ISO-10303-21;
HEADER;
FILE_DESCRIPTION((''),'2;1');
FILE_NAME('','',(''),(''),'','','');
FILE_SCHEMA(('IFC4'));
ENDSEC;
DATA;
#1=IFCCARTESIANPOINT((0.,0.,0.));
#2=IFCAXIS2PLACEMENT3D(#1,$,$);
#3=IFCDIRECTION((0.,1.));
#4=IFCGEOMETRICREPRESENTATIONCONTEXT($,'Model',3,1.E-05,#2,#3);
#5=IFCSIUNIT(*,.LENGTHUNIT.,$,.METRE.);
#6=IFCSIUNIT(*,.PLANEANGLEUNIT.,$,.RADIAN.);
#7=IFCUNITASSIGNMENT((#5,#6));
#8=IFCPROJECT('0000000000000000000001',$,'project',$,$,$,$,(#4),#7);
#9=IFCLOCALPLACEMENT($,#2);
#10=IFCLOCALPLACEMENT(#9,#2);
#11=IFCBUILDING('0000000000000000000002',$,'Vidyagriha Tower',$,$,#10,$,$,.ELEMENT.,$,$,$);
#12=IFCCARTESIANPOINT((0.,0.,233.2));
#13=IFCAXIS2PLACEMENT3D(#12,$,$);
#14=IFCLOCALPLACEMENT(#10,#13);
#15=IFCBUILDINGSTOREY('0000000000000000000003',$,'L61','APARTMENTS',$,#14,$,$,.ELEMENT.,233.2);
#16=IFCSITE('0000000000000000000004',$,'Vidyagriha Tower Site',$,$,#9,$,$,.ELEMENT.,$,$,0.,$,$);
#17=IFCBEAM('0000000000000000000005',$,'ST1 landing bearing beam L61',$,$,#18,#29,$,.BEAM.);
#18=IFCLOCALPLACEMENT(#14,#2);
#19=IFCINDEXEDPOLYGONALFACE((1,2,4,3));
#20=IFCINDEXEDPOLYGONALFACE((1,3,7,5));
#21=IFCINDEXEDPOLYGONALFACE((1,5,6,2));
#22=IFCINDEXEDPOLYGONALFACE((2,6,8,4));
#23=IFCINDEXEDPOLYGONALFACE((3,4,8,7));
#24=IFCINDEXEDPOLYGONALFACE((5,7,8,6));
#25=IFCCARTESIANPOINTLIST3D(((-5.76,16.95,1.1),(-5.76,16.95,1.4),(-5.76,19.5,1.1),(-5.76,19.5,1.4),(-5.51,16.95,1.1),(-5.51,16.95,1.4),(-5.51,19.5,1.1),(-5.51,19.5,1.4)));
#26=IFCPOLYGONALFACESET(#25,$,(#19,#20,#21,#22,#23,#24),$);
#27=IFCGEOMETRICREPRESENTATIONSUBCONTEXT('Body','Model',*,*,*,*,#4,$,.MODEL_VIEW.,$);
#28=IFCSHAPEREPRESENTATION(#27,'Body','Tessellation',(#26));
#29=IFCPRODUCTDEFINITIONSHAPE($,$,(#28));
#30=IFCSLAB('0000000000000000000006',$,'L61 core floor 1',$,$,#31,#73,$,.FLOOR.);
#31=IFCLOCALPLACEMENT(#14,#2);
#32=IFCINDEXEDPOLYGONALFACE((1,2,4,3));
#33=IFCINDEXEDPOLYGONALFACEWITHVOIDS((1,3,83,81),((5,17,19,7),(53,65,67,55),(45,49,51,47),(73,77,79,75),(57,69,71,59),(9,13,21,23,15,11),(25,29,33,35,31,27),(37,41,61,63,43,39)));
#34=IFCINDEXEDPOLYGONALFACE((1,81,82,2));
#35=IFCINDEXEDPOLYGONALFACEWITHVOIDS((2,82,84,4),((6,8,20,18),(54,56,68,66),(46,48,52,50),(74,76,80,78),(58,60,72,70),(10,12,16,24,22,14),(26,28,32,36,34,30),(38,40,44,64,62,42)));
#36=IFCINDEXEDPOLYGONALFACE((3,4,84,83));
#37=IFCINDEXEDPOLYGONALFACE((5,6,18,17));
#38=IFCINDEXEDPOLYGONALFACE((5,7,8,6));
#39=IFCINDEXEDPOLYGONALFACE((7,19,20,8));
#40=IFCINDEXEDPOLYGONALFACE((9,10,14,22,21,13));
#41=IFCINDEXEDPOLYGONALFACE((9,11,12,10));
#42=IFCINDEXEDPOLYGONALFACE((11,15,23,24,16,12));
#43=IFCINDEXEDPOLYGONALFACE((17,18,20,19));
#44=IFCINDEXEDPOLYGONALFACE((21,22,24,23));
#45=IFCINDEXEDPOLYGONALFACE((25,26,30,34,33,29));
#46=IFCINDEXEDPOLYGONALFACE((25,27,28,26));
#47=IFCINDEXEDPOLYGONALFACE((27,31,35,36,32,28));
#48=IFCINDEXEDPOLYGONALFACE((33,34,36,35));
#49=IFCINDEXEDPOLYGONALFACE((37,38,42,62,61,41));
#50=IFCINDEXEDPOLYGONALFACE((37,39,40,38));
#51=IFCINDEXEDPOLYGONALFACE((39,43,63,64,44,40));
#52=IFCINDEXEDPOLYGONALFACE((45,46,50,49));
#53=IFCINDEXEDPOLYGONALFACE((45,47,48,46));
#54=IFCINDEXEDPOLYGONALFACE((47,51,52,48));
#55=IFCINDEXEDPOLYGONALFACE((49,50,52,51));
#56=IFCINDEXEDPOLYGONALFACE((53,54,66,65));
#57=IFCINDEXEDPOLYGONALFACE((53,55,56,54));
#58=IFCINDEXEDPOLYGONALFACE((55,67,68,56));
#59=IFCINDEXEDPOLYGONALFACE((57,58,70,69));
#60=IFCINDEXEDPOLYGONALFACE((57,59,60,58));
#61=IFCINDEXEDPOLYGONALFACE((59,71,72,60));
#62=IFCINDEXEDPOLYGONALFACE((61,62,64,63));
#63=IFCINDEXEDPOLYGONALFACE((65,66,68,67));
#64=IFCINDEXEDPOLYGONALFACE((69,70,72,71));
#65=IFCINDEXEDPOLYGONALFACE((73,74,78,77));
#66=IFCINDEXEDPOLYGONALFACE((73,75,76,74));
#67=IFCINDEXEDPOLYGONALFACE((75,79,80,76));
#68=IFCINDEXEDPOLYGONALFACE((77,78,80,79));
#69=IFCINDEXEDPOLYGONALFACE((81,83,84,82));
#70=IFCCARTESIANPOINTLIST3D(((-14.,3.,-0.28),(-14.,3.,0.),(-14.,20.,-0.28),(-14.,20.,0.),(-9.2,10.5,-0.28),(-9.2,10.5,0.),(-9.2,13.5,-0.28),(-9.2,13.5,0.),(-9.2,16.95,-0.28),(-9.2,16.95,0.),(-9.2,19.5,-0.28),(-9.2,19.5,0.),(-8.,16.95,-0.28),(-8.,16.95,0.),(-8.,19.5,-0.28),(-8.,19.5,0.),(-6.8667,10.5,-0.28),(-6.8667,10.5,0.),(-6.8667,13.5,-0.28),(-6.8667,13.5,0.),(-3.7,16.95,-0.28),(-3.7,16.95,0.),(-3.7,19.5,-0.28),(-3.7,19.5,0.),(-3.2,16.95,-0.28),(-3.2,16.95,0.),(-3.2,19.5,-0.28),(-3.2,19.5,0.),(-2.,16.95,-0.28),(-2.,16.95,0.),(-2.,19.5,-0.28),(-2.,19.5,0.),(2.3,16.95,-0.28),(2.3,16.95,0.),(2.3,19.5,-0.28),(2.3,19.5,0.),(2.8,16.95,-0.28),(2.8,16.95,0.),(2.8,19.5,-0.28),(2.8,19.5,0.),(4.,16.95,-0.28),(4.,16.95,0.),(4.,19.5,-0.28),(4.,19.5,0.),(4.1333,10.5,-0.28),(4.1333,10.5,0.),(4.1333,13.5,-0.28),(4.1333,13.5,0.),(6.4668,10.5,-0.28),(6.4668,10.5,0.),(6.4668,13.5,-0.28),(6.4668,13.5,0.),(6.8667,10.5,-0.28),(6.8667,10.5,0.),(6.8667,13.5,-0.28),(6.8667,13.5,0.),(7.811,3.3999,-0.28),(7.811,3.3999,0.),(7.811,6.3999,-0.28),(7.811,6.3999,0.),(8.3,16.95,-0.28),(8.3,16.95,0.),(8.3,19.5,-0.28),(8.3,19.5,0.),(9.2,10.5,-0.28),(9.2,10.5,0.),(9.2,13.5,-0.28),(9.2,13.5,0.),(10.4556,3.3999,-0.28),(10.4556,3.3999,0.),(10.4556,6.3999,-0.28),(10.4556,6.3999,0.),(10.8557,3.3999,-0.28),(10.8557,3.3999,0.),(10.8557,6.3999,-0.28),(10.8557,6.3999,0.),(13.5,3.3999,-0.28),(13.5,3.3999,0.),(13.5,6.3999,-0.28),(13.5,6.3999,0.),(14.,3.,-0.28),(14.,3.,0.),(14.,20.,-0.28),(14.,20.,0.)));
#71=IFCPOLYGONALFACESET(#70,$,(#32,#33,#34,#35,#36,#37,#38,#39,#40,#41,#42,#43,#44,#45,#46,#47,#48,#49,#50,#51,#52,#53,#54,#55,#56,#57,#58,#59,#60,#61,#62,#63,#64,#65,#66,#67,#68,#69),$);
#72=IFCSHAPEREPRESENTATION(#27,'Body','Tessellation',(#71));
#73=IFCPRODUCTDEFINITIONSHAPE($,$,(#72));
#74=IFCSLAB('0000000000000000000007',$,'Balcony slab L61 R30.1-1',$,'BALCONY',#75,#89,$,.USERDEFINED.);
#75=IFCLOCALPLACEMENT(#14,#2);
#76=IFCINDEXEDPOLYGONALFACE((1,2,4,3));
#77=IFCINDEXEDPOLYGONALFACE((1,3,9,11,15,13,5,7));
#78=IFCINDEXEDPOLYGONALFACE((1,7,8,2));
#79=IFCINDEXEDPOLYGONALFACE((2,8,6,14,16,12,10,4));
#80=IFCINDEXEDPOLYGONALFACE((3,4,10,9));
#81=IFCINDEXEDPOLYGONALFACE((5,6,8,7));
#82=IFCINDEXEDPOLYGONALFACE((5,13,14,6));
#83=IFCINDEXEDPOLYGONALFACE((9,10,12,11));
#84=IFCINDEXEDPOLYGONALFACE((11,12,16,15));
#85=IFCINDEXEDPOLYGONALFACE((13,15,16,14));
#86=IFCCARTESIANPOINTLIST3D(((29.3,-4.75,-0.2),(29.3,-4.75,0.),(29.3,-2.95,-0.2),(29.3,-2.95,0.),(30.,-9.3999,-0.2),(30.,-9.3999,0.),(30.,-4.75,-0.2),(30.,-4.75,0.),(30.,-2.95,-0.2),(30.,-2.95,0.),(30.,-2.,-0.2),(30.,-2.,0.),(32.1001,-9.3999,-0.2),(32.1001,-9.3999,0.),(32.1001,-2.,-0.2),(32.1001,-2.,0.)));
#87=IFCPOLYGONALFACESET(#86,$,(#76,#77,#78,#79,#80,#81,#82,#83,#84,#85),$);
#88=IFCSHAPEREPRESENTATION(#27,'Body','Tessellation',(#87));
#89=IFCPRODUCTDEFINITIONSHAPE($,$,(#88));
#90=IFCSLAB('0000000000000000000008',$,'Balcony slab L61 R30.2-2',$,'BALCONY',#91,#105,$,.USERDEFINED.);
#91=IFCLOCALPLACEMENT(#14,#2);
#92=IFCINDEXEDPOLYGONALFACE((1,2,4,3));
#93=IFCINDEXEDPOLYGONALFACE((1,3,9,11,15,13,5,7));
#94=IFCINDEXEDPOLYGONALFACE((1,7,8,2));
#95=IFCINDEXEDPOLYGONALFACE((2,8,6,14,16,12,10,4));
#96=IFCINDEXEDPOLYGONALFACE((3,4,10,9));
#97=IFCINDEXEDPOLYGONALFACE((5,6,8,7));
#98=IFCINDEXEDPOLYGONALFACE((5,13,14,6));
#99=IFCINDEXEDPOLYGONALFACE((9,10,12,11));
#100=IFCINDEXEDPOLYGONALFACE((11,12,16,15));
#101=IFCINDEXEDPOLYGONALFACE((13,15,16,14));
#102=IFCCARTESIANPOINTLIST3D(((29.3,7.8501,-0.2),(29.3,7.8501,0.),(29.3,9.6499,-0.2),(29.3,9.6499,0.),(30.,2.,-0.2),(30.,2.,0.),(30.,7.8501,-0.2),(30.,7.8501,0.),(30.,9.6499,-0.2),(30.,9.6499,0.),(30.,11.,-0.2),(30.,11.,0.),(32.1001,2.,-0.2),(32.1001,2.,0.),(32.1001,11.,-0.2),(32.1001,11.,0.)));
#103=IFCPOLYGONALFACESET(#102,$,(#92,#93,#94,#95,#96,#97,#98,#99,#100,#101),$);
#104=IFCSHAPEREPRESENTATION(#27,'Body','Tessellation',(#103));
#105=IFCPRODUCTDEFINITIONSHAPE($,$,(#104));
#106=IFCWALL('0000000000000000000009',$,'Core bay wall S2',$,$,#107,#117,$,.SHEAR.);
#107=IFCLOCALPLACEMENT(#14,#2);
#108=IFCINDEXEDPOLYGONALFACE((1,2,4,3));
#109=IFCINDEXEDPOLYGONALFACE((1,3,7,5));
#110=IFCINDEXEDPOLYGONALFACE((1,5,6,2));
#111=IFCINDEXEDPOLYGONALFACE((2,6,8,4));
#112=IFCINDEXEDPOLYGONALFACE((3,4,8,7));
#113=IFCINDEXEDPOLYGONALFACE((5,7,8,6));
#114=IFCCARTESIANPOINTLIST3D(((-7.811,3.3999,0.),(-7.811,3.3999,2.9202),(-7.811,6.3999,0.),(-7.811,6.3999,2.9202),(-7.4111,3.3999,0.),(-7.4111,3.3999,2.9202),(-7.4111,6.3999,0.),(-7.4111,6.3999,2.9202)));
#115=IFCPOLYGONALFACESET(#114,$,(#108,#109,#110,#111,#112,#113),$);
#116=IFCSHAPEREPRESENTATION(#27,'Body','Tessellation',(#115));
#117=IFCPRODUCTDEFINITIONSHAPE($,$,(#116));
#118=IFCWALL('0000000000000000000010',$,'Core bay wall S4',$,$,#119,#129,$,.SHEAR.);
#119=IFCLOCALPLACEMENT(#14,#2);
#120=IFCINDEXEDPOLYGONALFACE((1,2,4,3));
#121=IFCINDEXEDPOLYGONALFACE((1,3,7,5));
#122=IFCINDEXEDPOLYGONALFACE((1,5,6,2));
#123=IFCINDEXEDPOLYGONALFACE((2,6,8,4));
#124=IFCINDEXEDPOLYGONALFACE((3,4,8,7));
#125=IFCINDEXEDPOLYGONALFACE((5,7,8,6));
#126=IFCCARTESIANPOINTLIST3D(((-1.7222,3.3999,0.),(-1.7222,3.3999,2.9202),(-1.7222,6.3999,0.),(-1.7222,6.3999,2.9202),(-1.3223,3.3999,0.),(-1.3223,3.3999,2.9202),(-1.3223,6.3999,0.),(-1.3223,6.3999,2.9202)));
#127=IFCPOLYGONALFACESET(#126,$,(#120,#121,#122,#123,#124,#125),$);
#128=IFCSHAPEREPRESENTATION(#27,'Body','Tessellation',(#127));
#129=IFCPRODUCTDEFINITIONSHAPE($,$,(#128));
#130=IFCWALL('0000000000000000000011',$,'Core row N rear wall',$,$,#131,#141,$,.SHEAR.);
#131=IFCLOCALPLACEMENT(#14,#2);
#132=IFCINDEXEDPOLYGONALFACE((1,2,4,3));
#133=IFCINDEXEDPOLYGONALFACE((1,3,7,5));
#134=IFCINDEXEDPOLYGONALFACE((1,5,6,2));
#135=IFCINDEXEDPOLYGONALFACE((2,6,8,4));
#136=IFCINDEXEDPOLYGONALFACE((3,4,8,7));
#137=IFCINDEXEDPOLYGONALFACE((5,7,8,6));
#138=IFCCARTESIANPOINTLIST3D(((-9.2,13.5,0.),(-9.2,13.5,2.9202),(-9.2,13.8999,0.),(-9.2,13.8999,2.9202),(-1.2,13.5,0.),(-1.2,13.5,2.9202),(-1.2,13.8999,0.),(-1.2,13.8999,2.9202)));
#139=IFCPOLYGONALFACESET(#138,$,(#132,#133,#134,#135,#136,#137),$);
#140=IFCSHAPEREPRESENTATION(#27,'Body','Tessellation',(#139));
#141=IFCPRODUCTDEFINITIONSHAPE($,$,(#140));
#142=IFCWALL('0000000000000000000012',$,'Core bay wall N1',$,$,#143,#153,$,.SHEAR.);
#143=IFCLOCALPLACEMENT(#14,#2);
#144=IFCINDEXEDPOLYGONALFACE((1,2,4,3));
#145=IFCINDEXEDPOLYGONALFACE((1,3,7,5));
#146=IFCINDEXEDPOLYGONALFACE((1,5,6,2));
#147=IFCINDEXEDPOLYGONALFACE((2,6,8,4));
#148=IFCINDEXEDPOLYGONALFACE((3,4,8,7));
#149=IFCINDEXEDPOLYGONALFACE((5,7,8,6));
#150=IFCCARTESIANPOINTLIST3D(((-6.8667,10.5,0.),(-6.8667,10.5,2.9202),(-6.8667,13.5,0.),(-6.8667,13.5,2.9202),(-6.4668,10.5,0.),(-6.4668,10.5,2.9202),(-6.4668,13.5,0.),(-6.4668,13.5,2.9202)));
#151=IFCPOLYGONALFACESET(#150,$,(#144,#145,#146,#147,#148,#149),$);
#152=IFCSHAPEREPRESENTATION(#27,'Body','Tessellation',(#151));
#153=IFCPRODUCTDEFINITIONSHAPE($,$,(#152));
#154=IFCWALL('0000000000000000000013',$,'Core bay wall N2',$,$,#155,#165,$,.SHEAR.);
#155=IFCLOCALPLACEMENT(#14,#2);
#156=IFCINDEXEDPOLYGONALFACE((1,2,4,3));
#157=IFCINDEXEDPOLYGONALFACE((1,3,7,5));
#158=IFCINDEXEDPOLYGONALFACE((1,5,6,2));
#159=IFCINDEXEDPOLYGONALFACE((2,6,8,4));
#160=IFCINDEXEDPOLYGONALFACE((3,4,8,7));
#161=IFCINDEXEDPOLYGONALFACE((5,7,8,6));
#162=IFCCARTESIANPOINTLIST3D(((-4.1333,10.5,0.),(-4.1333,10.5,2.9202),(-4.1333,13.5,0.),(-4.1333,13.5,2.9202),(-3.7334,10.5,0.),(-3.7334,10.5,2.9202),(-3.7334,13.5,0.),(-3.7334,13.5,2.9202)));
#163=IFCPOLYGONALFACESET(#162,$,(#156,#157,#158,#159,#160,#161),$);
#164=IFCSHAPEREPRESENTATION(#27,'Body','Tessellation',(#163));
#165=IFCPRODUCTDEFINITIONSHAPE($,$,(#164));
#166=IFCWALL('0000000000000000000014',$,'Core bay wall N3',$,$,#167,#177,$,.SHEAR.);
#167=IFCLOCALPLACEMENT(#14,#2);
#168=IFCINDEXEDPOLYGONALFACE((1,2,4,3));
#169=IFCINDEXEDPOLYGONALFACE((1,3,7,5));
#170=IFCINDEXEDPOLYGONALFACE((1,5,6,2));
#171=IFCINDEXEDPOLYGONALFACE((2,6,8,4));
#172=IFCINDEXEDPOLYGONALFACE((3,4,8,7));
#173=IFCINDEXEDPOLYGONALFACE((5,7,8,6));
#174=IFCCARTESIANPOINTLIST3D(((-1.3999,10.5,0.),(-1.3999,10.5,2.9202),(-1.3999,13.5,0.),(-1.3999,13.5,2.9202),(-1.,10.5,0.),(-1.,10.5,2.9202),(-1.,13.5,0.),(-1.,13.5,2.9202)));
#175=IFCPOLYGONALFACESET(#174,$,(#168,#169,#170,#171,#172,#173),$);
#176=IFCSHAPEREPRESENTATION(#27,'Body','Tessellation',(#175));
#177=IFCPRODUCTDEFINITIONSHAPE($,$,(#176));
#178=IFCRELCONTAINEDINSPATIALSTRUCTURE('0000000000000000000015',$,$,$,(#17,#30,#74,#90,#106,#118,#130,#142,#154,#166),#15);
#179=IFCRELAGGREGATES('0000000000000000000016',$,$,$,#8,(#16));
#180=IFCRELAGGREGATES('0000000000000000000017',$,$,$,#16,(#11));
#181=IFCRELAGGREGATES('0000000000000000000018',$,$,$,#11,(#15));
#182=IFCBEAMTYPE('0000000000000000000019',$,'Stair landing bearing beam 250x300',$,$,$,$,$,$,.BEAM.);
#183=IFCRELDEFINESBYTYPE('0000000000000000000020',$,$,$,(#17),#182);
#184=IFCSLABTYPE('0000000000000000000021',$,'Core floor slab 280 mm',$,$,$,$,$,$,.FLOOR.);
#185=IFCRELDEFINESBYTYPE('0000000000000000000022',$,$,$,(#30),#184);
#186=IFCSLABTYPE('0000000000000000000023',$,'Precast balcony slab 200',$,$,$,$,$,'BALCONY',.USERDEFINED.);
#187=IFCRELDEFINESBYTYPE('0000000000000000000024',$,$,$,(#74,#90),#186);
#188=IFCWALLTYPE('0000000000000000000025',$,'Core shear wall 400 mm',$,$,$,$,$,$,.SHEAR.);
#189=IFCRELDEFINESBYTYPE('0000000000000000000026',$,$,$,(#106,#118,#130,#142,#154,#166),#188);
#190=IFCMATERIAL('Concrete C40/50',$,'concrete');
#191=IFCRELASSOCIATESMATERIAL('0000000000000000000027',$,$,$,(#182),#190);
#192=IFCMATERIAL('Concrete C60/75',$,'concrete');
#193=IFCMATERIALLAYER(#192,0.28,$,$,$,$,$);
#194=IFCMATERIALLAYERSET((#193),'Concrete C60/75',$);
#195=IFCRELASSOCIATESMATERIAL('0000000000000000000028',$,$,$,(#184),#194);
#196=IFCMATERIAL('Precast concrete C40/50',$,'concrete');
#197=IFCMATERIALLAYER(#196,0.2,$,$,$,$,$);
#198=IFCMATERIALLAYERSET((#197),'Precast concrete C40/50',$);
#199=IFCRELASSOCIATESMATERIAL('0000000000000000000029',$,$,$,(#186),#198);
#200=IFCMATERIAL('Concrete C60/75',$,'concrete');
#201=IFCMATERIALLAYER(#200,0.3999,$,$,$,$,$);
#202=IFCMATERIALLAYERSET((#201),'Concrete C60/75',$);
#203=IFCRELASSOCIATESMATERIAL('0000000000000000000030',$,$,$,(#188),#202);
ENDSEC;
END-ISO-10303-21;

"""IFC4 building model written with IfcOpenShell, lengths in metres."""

from ifc_helpers import new_model, si_unit, direction, frame, frame_2d, origin, origin_2d, place, context, subcontext, project, spatial, polyline, rectangle, outline, extrude, material, layer, layer_set, material_profile, profile_set, type_object, element, save


model = new_model("IFC4")

# Units and contexts
model_context = context("Model", 3, precision=1e-05, world=origin(), true_north=direction((0.0, 1.0)))
body_context = subcontext(model_context, "Body", "Model", "MODEL_VIEW")
ifc_project = project(units=[si_unit("LENGTHUNIT", "METRE"), si_unit("PLANEANGLEUNIT", "RADIAN")], contexts=[model_context])

# Site, building, storey
site_placement = place(None, origin())
site = spatial("IfcSite", under=ifc_project, at=site_placement, Name="Vidyagriha Tower Site", CompositionType="ELEMENT", RefElevation=0.0)
building_placement = place(site_placement, origin())
building = spatial("IfcBuilding", under=site, at=building_placement, Name="Vidyagriha Tower", CompositionType="ELEMENT")
storey_placement = place(building_placement, frame((0.0, 0.0, 233.2)))
storey = spatial("IfcBuildingStorey", under=building, at=storey_placement, Name="L61", Description="APARTMENTS", CompositionType="ELEMENT", Elevation=233.2)

# Beam
ifc_material_1 = material(Name="Concrete C40/50", Category="concrete")
ifc_material_profile = material_profile(ifc_material_1, rectangle(XDim=0.25, YDim=0.3, at=origin_2d()), Name="Stair landing bearing beam 250x300")
ifc_profile_set = profile_set([ifc_material_profile], Name="Concrete C40/50")
beam_type = type_object("IfcBeamType", Name="Stair landing bearing beam 250x300", PredefinedType="BEAM", material=ifc_profile_set)
beam_placement = place(storey_placement, frame((-5.635, 16.95, 1.25), z_axis=(0.0, 1.0, 0.0), x_axis=(-1.0, 0.0, 0.0)))
element("IfcBeam", 1, at=beam_placement, inside=storey, type_object=beam_type, Name="ST1 landing bearing beam L61", PredefinedType="BEAM", context=body_context, shape_type="SweptSolid", body=[
    extrude(rectangle(XDim=0.25, YDim=0.3, at=origin_2d()), origin(), (0.0, 0.0, 1.0), 2.55),
])

# Slabs
ifc_material_2 = material(Name="Concrete C60/75", Category="concrete")
ifc_layer_1 = layer(ifc_material_2, 0.28)
ifc_layer_set_1 = layer_set([ifc_layer_1], Name="Concrete C60/75")
slab_type_1 = type_object("IfcSlabType", Name="Core floor slab 280 mm", PredefinedType="FLOOR", material=ifc_layer_set_1)
slab_1_placement = place(storey_placement, frame((0.0, 0.0, -0.28)))
element("IfcSlab", 2, at=slab_1_placement, inside=storey, type_object=slab_type_1, Name="L61 core floor 1", PredefinedType="FLOOR", context=body_context, shape_type="SweptSolid", body=[
    extrude(outline(polyline([(-14.0, 3.0), (-14.0, 20.0), (14.0, 20.0), (14.0, 3.0), (-14.0, 3.0)]), holes=[polyline([(13.5, 6.3999), (10.8557, 6.3999), (10.8557, 3.3999), (13.5, 3.3999), (13.5, 6.3999)]), polyline([(10.4556, 6.3999), (7.811, 6.3999), (7.811, 3.3999), (10.4556, 3.3999), (10.4556, 6.3999)]), polyline([(9.2, 13.5), (6.8667, 13.5), (6.8667, 10.5), (9.2, 10.5), (9.2, 13.5)]), polyline([(2.8, 19.5), (2.8, 16.95), (4.0, 16.95), (8.3, 16.95), (8.3, 19.5), (4.0, 19.5), (2.8, 19.5)]), polyline([(4.1333, 13.5), (4.1333, 10.5), (6.4668, 10.5), (6.4668, 13.5), (4.1333, 13.5)]), polyline([(-2.0, 19.5), (-3.2, 19.5), (-3.2, 16.95), (-2.0, 16.95), (2.3, 16.95), (2.3, 19.5), (-2.0, 19.5)]), polyline([(-9.2, 19.5), (-9.2, 16.95), (-8.0, 16.95), (-3.7, 16.95), (-3.7, 19.5), (-8.0, 19.5), (-9.2, 19.5)]), polyline([(-9.2, 13.5), (-9.2, 10.5), (-6.8667, 10.5), (-6.8667, 13.5), (-9.2, 13.5)])]), origin(), (0.0, 0.0, 1.0), 0.28),
])
ifc_material_3 = material(Name="Precast concrete C40/50", Category="concrete")
ifc_layer_2 = layer(ifc_material_3, 0.2)
ifc_layer_set_2 = layer_set([ifc_layer_2], Name="Precast concrete C40/50")
slab_type_2 = type_object("IfcSlabType", Name="Precast balcony slab 200", ElementType="BALCONY", PredefinedType="USERDEFINED", material=ifc_layer_set_2)
slab_2_placement = place(storey_placement, frame((0.0, 0.0, -0.2)))
element("IfcSlab", 3, at=slab_2_placement, inside=storey, type_object=slab_type_2, Name="Balcony slab L61 R30.1-1", ObjectType="BALCONY", PredefinedType="USERDEFINED", context=body_context, shape_type="SweptSolid", body=[
    extrude(outline(polyline([(30.0, -4.75), (30.0, -9.3999), (32.1001, -9.3999), (32.1001, -2.0), (30.0, -2.0), (30.0, -2.95), (29.3, -2.95), (29.3, -4.75), (30.0, -4.75)])), origin(), (0.0, 0.0, 1.0), 0.2),
])
slab_3_placement = place(storey_placement, frame((0.0, 0.0, -0.2)))
element("IfcSlab", 4, at=slab_3_placement, inside=storey, type_object=slab_type_2, Name="Balcony slab L61 R30.2-2", ObjectType="BALCONY", PredefinedType="USERDEFINED", context=body_context, shape_type="SweptSolid", body=[
    extrude(outline(polyline([(30.0, 7.8501), (30.0, 2.0), (32.1001, 2.0), (32.1001, 11.0), (30.0, 11.0), (30.0, 9.6499), (29.3, 9.6499), (29.3, 7.8501), (30.0, 7.8501)])), origin(), (0.0, 0.0, 1.0), 0.2),
])

# Walls
ifc_material_4 = material(Name="Concrete C60/75", Category="concrete")
ifc_layer_3 = layer(ifc_material_4, 0.3999)
ifc_layer_set_3 = layer_set([ifc_layer_3], Name="Concrete C60/75")
wall_type = type_object("IfcWallType", Name="Core shear wall 400 mm", PredefinedType="SHEAR", material=ifc_layer_set_3)
for number, where, z_axis, x_axis, name in (
    (5, (-7.6111, 3.3999, 0.0), (0.0, 0.0, 1.0), (0.0, 1.0, 0.0), "Core bay wall S2"),
    (6, (-1.5222, 3.3999, 0.0), (0.0, 0.0, 1.0), (0.0, 1.0, 0.0), "Core bay wall S4"),
):
    element("IfcWall", number, at=place(storey_placement, frame(where, z_axis=z_axis, x_axis=x_axis)), inside=storey, type_object=wall_type, Name=name, PredefinedType="SHEAR", context=body_context, shape_type="SweptSolid", body=[
        extrude(rectangle(XDim=3.0, YDim=0.3999, at=frame_2d((1.5, 0.0))), origin(), (0.0, 0.0, 1.0), 2.9202),
    ])
wall_1_placement = place(storey_placement, frame((-9.2, 13.7, 0.0)))
element("IfcWall", 7, at=wall_1_placement, inside=storey, type_object=wall_type, Name="Core row N rear wall", PredefinedType="SHEAR", context=body_context, shape_type="SweptSolid", body=[
    extrude(rectangle(XDim=8.0, YDim=0.3999, at=frame_2d((4.0, 0.0))), origin(), (0.0, 0.0, 1.0), 2.9202),
])
for number, where, z_axis, x_axis, name in (
    (8, (-6.6667, 10.5, 0.0), (0.0, 0.0, 1.0), (0.0, 1.0, 0.0), "Core bay wall N1"),
    (9, (-3.9333, 10.5, 0.0), (0.0, 0.0, 1.0), (0.0, 1.0, 0.0), "Core bay wall N2"),
    (10, (-1.2, 10.5, 0.0), (0.0, 0.0, 1.0), (0.0, 1.0, 0.0), "Core bay wall N3"),
):
    element("IfcWall", number, at=place(storey_placement, frame(where, z_axis=z_axis, x_axis=x_axis)), inside=storey, type_object=wall_type, Name=name, PredefinedType="SHEAR", context=body_context, shape_type="SweptSolid", body=[
        extrude(rectangle(XDim=3.0, YDim=0.3999, at=frame_2d((1.5, 0.0))), origin(), (0.0, 0.0, 1.0), 2.9202),
    ])

save(model, "model.ifc")
